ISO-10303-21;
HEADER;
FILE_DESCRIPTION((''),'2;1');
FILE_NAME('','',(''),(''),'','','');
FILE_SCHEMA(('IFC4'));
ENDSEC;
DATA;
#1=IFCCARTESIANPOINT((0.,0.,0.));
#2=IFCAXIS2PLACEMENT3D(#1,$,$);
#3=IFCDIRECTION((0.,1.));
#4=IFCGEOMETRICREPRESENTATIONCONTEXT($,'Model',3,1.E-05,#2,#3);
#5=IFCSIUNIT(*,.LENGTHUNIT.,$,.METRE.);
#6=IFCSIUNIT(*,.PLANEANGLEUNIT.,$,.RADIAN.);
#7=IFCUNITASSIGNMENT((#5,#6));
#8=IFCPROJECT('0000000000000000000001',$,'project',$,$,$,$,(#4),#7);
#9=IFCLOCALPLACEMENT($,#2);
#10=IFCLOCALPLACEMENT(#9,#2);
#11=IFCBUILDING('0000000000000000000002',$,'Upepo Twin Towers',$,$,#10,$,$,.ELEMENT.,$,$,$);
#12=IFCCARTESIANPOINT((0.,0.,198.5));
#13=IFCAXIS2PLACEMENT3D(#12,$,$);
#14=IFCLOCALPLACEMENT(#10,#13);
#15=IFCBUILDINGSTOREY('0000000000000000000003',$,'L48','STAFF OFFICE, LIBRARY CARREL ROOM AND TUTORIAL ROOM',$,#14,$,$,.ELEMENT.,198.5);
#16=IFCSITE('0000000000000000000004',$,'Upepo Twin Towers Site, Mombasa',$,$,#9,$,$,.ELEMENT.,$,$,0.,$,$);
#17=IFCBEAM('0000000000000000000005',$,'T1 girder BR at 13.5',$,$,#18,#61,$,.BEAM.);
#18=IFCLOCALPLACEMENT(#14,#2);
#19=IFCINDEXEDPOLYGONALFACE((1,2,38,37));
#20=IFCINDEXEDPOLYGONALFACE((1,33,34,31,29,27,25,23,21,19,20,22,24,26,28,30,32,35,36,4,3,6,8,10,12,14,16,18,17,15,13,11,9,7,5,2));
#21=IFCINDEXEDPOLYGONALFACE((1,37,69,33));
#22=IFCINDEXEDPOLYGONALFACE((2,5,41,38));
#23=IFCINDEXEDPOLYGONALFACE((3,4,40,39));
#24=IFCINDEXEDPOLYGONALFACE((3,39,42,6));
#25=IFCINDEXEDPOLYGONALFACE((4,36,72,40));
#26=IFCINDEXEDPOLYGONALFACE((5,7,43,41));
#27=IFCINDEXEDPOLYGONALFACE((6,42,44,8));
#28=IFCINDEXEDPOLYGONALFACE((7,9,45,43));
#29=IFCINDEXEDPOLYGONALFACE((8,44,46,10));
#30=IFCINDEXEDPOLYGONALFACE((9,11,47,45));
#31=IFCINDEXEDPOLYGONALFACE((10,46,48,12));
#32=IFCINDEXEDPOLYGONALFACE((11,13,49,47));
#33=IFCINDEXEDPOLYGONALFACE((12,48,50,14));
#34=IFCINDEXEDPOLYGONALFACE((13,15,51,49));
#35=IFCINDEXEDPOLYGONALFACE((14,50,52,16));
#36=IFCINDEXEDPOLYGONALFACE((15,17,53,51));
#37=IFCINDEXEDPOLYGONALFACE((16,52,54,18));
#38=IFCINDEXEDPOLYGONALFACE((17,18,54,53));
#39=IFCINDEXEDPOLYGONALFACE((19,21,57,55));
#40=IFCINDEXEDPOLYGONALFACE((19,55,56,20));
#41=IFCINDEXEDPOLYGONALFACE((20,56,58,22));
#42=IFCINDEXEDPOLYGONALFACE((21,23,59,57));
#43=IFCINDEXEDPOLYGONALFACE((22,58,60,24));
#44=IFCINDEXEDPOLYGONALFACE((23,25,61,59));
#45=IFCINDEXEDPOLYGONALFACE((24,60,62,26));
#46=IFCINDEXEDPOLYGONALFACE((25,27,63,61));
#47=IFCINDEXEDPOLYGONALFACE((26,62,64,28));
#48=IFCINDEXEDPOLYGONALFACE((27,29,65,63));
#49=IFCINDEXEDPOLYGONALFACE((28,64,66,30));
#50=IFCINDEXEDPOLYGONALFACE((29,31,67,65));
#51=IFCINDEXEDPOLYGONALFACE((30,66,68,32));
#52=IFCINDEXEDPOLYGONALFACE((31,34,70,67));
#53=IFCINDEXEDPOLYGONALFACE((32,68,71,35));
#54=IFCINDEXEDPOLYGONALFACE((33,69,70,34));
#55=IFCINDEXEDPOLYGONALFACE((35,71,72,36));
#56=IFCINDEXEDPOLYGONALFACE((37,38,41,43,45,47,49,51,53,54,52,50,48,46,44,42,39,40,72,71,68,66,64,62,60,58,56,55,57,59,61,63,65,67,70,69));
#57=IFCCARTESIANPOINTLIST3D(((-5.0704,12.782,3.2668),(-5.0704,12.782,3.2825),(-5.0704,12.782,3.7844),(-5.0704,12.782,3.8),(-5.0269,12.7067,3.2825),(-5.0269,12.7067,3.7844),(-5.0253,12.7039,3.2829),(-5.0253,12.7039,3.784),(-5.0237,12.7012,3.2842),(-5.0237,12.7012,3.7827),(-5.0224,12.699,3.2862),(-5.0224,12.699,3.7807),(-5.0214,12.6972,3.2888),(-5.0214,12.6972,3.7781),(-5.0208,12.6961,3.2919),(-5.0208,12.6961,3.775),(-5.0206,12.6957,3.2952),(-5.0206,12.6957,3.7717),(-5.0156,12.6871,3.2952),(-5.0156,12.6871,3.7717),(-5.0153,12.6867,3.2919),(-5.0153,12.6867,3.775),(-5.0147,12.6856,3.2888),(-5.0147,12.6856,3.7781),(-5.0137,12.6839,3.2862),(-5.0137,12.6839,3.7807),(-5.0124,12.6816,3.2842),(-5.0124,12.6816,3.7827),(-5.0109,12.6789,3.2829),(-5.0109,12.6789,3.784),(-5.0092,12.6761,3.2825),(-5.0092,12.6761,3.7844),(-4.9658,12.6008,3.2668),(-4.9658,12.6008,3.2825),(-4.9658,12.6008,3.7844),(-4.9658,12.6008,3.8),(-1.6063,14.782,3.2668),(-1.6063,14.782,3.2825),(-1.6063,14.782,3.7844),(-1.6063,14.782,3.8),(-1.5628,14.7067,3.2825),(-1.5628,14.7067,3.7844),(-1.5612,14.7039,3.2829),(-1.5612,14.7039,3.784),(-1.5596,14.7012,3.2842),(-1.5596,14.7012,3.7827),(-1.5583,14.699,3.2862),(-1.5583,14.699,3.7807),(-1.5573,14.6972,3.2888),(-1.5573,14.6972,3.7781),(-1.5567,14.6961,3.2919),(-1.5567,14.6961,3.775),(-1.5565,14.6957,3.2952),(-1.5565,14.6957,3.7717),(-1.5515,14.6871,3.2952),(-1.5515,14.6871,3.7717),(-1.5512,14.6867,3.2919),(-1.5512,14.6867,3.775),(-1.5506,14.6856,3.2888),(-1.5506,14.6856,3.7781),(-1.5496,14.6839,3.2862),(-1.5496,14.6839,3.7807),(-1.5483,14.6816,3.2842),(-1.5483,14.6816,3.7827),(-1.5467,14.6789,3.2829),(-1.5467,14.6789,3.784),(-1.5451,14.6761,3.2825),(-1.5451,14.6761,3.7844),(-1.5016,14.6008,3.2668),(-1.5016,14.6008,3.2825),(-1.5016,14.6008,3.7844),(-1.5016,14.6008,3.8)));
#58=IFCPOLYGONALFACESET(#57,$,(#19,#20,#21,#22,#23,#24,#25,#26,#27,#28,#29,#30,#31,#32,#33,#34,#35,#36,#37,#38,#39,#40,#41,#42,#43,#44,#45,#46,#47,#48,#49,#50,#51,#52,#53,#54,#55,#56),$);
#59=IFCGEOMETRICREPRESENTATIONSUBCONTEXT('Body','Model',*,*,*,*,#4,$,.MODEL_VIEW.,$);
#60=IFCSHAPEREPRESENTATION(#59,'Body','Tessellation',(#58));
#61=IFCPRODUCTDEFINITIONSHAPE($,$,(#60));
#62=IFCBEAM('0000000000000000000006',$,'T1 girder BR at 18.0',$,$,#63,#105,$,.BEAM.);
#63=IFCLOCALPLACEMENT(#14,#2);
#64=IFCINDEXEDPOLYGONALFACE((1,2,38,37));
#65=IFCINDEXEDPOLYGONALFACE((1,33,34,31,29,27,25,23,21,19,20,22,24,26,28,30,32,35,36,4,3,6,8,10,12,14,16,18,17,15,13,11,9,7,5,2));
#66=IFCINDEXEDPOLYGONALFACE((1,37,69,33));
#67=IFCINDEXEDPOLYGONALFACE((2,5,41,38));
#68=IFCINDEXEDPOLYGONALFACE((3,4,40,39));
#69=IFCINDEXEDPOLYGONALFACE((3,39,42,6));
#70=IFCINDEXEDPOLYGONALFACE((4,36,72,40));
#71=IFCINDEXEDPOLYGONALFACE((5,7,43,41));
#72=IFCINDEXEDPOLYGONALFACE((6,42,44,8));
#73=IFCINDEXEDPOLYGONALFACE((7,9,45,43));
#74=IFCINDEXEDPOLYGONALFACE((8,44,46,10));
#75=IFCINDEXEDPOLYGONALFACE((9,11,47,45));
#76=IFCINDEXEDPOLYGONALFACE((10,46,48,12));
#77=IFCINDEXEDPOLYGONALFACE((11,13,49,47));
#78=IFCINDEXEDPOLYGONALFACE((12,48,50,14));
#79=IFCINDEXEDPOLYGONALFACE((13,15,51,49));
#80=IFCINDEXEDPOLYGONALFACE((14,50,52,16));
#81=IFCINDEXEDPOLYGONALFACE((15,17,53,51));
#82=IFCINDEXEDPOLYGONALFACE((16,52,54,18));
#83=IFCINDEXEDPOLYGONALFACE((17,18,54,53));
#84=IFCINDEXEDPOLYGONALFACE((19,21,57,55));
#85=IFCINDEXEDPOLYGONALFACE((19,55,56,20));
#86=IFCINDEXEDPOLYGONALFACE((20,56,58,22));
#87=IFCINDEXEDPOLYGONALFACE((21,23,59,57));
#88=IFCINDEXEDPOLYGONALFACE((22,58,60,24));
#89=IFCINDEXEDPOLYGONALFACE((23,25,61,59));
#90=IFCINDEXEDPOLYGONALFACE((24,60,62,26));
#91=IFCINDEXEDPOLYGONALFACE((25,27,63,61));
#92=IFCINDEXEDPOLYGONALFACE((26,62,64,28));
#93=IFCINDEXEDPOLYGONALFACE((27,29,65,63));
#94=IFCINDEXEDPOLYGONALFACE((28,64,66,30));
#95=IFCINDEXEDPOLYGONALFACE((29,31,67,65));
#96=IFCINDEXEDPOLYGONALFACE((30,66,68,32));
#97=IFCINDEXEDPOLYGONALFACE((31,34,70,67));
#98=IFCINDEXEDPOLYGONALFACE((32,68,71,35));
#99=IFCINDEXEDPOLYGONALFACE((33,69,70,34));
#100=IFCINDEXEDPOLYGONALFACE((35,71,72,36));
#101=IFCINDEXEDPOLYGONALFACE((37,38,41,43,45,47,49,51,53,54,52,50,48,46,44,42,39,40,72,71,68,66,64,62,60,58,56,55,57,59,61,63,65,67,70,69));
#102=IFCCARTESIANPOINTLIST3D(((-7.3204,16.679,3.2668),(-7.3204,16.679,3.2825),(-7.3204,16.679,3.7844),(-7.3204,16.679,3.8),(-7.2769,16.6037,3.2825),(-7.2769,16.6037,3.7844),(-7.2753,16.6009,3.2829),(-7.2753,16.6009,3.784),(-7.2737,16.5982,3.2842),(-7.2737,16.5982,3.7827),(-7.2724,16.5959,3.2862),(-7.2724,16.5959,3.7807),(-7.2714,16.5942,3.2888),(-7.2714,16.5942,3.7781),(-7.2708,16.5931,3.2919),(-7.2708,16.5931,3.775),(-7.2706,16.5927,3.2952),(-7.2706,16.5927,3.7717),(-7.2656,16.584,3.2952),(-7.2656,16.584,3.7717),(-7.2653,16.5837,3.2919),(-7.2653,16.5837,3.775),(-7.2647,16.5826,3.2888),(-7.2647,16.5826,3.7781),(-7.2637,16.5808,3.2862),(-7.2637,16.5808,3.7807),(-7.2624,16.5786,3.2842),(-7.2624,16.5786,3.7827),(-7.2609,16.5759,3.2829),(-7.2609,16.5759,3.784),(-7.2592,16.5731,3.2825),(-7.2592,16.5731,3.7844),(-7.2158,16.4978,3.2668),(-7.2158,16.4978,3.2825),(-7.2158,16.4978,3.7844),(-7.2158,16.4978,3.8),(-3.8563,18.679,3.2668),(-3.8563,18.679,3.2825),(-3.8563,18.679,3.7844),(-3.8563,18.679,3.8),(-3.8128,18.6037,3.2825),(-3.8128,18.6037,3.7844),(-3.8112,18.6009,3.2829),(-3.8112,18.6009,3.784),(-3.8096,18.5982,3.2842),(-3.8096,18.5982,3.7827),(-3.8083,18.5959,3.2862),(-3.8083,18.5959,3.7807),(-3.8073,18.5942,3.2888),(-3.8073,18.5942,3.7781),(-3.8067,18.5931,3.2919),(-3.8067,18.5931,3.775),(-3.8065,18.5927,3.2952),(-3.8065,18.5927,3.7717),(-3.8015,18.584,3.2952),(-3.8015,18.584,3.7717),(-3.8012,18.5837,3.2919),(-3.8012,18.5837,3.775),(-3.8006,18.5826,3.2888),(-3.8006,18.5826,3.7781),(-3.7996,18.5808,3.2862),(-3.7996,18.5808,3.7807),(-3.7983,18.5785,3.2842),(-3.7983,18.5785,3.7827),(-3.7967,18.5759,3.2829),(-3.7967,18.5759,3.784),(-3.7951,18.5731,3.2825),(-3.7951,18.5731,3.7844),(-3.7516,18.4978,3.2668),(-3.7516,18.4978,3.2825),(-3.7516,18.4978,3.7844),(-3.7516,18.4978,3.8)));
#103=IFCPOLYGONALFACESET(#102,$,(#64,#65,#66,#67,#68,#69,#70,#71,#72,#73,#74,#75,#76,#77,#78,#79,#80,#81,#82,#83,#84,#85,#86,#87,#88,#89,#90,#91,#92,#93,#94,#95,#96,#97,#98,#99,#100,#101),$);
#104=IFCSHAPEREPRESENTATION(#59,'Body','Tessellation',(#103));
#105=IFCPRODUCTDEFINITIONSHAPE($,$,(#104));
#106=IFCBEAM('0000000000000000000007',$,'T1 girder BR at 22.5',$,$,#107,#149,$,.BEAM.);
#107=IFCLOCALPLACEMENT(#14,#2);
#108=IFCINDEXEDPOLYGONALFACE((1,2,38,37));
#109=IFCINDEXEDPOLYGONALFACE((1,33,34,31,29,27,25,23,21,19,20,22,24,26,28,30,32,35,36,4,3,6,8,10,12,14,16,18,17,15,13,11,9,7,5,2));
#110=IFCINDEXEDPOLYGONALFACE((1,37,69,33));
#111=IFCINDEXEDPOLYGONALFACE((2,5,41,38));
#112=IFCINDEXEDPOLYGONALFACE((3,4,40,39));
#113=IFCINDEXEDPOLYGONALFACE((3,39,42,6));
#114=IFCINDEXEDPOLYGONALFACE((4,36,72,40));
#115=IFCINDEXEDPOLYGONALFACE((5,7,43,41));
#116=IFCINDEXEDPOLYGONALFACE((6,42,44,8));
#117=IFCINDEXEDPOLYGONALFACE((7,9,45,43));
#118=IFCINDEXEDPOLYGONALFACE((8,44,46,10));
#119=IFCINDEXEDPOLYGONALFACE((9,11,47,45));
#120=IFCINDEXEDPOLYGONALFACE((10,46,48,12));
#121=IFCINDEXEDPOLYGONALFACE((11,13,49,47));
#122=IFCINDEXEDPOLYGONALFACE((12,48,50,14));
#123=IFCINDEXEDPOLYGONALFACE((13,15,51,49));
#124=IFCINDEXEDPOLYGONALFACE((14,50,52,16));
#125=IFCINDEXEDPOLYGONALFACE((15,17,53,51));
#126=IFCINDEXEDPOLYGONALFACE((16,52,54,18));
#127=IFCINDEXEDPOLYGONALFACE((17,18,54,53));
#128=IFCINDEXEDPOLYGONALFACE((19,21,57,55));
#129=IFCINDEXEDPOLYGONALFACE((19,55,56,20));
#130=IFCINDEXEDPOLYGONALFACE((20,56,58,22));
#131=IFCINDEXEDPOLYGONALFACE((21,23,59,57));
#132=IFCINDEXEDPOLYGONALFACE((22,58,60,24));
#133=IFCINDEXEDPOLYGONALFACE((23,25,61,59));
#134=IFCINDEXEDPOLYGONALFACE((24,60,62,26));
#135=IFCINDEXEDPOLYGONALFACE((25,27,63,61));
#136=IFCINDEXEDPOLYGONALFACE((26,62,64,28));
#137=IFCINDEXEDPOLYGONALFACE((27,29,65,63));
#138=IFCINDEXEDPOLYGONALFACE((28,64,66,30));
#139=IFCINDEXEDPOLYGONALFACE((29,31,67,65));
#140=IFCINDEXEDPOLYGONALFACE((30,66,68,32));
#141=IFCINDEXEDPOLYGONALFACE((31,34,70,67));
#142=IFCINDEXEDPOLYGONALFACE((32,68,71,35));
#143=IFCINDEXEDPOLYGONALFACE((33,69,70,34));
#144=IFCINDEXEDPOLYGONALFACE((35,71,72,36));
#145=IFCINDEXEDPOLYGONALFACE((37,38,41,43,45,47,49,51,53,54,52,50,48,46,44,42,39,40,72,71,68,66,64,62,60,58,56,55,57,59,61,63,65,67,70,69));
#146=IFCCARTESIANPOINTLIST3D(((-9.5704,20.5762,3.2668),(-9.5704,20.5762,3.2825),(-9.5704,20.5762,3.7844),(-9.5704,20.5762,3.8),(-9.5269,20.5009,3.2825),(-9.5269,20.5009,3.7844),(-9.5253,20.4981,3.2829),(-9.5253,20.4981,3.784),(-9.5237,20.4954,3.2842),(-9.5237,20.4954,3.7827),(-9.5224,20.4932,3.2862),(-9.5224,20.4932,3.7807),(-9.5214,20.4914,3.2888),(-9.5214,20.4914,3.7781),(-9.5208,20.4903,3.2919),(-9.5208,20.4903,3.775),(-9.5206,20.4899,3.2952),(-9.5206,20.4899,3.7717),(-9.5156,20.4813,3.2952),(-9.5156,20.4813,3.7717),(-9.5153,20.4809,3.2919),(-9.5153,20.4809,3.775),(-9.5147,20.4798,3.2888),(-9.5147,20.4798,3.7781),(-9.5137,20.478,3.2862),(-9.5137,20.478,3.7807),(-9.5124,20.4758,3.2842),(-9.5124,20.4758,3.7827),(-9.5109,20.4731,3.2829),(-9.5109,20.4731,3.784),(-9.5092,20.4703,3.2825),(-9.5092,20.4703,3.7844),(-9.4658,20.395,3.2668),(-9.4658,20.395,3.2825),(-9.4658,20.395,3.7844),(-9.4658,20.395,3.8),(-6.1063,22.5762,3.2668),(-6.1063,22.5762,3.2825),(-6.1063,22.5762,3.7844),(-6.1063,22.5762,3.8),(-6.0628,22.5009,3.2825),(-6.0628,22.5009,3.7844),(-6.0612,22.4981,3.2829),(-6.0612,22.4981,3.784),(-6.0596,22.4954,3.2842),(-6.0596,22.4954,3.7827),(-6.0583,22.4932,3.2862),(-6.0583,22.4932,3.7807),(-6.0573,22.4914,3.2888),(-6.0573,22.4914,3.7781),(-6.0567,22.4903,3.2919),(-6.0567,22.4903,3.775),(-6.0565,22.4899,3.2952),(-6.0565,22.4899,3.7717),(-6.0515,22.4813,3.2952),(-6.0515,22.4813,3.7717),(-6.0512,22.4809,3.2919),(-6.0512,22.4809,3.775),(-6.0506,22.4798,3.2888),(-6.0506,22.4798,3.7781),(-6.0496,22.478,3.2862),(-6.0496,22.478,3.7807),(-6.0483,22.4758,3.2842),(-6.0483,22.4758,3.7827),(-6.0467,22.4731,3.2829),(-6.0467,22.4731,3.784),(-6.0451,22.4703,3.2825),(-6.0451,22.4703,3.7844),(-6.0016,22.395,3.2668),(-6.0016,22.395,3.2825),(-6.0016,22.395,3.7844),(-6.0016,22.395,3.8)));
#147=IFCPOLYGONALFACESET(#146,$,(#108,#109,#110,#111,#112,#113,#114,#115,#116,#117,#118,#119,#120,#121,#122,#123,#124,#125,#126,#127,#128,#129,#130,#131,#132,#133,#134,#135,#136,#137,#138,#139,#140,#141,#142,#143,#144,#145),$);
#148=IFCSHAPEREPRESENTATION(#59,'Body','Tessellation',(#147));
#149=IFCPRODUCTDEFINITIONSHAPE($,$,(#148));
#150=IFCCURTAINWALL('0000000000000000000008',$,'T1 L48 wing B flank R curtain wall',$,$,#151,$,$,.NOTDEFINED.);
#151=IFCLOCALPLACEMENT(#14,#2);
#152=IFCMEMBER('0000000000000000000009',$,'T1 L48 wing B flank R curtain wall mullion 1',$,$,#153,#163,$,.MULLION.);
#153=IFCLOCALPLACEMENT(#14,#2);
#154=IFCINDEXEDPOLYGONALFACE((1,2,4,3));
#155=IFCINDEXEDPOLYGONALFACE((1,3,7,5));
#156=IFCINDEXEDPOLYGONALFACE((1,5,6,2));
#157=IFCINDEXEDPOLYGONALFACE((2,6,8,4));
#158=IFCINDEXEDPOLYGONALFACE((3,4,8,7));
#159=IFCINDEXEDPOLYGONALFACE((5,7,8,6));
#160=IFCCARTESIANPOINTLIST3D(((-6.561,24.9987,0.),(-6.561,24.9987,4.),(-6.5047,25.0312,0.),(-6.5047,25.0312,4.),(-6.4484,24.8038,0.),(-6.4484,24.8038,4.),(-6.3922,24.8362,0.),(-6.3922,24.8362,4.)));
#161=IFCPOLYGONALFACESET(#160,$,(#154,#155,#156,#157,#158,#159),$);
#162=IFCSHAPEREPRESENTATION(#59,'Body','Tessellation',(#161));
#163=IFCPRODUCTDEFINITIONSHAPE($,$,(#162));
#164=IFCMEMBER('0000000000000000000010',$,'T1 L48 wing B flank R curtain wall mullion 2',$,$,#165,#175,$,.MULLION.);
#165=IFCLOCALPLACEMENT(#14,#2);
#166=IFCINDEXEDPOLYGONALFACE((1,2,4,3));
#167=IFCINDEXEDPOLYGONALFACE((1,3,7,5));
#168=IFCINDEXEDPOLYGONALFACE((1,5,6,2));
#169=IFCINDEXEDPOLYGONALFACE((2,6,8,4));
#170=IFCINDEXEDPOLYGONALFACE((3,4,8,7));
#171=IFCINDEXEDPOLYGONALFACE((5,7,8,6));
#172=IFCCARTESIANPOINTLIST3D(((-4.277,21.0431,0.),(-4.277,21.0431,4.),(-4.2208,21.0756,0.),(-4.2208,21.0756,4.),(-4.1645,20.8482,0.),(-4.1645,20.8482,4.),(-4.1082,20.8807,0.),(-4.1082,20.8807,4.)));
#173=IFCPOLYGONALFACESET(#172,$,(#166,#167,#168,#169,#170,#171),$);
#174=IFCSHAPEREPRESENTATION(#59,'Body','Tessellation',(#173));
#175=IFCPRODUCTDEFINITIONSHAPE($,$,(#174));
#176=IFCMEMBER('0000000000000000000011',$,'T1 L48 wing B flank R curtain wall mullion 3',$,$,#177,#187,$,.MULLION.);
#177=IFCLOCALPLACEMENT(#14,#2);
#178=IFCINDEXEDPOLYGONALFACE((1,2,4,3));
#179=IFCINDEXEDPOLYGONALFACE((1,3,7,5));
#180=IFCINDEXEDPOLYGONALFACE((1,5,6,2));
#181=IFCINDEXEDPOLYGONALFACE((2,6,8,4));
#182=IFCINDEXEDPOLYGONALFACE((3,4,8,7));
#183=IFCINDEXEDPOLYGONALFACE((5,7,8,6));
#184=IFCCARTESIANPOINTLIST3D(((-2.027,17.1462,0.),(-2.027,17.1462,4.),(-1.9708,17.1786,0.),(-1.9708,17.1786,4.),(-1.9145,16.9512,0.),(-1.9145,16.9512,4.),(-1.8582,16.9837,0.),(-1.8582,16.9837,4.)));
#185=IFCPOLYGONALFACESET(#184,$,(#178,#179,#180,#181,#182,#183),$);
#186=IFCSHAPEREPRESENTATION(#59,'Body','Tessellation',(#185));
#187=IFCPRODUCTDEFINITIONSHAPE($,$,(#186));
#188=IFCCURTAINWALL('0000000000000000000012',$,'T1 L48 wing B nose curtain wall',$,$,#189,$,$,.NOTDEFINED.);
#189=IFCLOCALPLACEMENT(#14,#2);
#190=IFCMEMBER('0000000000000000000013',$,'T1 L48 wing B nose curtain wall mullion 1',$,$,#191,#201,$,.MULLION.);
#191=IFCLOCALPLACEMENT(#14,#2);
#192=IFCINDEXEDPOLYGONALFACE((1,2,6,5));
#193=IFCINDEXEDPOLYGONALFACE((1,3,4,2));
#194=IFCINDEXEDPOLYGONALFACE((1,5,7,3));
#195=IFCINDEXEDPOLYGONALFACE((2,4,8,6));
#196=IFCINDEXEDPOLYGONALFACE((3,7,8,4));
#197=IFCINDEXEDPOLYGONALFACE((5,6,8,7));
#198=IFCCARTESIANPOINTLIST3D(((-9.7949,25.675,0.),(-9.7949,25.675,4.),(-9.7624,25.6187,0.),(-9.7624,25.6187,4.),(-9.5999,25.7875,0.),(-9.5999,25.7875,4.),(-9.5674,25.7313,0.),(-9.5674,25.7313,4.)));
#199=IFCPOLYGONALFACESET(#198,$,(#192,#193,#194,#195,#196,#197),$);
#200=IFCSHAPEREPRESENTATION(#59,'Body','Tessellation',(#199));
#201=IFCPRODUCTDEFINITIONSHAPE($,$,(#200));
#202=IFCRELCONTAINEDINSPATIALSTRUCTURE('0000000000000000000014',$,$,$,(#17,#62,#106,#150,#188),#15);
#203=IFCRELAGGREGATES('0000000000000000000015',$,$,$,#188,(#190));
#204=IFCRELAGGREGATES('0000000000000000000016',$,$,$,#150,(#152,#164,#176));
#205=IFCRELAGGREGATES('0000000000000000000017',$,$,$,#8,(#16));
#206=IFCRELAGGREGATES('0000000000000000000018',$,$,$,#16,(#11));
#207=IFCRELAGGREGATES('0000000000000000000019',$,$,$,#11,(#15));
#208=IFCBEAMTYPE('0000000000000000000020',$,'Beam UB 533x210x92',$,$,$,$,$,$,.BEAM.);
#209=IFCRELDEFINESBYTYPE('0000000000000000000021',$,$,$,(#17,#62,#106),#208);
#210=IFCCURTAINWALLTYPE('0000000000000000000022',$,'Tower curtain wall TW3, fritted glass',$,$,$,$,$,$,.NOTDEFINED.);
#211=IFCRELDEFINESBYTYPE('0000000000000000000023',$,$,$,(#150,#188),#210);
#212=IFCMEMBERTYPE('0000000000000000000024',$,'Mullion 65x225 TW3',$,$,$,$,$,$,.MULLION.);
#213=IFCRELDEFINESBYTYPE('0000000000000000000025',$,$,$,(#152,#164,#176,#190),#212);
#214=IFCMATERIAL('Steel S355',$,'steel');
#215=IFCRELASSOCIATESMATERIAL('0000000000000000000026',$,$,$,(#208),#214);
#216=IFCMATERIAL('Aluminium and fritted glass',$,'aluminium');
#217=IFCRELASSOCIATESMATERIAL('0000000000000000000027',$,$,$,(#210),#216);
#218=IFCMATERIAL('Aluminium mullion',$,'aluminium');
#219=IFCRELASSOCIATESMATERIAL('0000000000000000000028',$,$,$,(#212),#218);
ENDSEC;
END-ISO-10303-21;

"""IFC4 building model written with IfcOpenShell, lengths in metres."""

from ifc_helpers import new_model, si_unit, direction, frame, origin, origin_2d, place, context, subcontext, project, spatial, rectangle, i_section, extrude, material, material_profile, profile_set, type_object, element, aggregate, save


model = new_model("IFC4")

# Units and contexts
model_context = context("Model", 3, precision=1e-05, world=origin(), true_north=direction((0.0, 1.0)))
body_context = subcontext(model_context, "Body", "Model", "MODEL_VIEW")
ifc_project = project(units=[si_unit("LENGTHUNIT", "METRE"), si_unit("PLANEANGLEUNIT", "RADIAN")], contexts=[model_context])

# Site, building, storey
site_placement = place(None, origin())
site = spatial("IfcSite", under=ifc_project, at=site_placement, Name="Upepo Twin Towers Site, Mombasa", CompositionType="ELEMENT", RefElevation=0.0)
building_placement = place(site_placement, origin())
building = spatial("IfcBuilding", under=site, at=building_placement, Name="Upepo Twin Towers", CompositionType="ELEMENT")
storey_placement = place(building_placement, frame((0.0, 0.0, 198.5)))
storey = spatial("IfcBuildingStorey", under=building, at=storey_placement, Name="L48", Description="STAFF OFFICE, LIBRARY CARREL ROOM AND TUTORIAL ROOM", CompositionType="ELEMENT", Elevation=198.5)

# Beams
ifc_material_1 = material(Name="Steel S355", Category="steel")
ifc_material_profile_1 = material_profile(ifc_material_1, i_section(OverallWidth=0.2092, OverallDepth=0.5332, WebThickness=0.01, FlangeThickness=0.0156, FilletRadius=0.0127, at=origin_2d()), Name="UB 533x210x92")
ifc_profile_set_1 = profile_set([ifc_material_profile_1], Name="Steel S355")
beam_type_1 = type_object("IfcBeamType", Name="Beam UB 533x210x92", PredefinedType="BEAM", material=ifc_profile_set_1)
for number, where, z_axis, x_axis, name in (
    (1, (-1.554, 14.6914, 3.5334), (-0.866026, -0.499999, 0.0), (0.499999, -0.866026, 0.0), "T1 girder BR at 13.5"),
    (2, (-3.804, 18.5884, 3.5334), (-0.866026, -0.499999, 0.0), (0.499999, -0.866026, 0.0), "T1 girder BR at 18.0"),
    (3, (-6.054, 22.4856, 3.5334), (-0.866026, -0.499999, 0.0), (0.499999, -0.866026, 0.0), "T1 girder BR at 22.5"),
):
    element("IfcBeam", number, at=place(storey_placement, frame(where, z_axis=z_axis, x_axis=x_axis)), inside=storey, type_object=beam_type_1, Name=name, PredefinedType="BEAM", context=body_context, shape_type="SweptSolid", body=[
        extrude(i_section(OverallWidth=0.2092, OverallDepth=0.5332, WebThickness=0.01, FlangeThickness=0.0156, FilletRadius=0.0127, at=origin_2d()), origin(), (0.0, 0.0, 1.0), 4.0),
    ])

# Curtain wall, members
ifc_material_2 = material(Name="Aluminium and fritted glass", Category="aluminium")
curtain_wall_type = type_object("IfcCurtainWallType", Name="Tower curtain wall TW3, fritted glass", PredefinedType="NOTDEFINED", material=ifc_material_2)
curtain_wall_1_placement = place(storey_placement, origin())
curtain_wall_1 = element("IfcCurtainWall", 4, at=curtain_wall_1_placement, inside=storey, type_object=curtain_wall_type, Name="T1 L48 wing B flank R curtain wall", PredefinedType="NOTDEFINED")
ifc_material_3 = material(Name="Aluminium mullion", Category="aluminium")
ifc_material_profile_2 = material_profile(ifc_material_3, rectangle(XDim=0.0649, YDim=0.2251, at=origin_2d()), Name="MULLION 65x225")
ifc_profile_set_2 = profile_set([ifc_material_profile_2], Name="Aluminium mullion")
member_type_1 = type_object("IfcMemberType", Name="Mullion 65x225 TW3", PredefinedType="MULLION", material=ifc_profile_set_2)
member_1_placement = place(storey_placement, frame((-6.4766, 24.9175, 0.0), z_axis=(0.0, 0.0, 1.0), x_axis=(0.866025, 0.5, 0.0)))
member_1 = element("IfcMember", 5, at=member_1_placement, type_object=member_type_1, Name="T1 L48 wing B flank R curtain wall mullion 1", PredefinedType="MULLION", context=body_context, shape_type="SweptSolid", body=[
    extrude(rectangle(XDim=0.0649, YDim=0.2251, at=origin_2d()), origin(), (0.0, 0.0, 1.0), 4.0),
])
member_2_placement = place(storey_placement, frame((-4.1926, 20.9619, 0.0), z_axis=(0.0, 0.0, 1.0), x_axis=(0.866025, 0.5, 0.0)))
member_2 = element("IfcMember", 6, at=member_2_placement, type_object=member_type_1, Name="T1 L48 wing B flank R curtain wall mullion 2", PredefinedType="MULLION", context=body_context, shape_type="SweptSolid", body=[
    extrude(rectangle(XDim=0.0649, YDim=0.2251, at=origin_2d()), origin(), (0.0, 0.0, 1.0), 4.0),
])
member_3_placement = place(storey_placement, frame((-1.9426, 17.0649, 0.0), z_axis=(0.0, 0.0, 1.0), x_axis=(0.866025, 0.5, 0.0)))
member_3 = element("IfcMember", 7, at=member_3_placement, type_object=member_type_1, Name="T1 L48 wing B flank R curtain wall mullion 3", PredefinedType="MULLION", context=body_context, shape_type="SweptSolid", body=[
    extrude(rectangle(XDim=0.0649, YDim=0.2251, at=origin_2d()), origin(), (0.0, 0.0, 1.0), 4.0),
])

# Curtain wall, member
curtain_wall_2_placement = place(storey_placement, origin())
curtain_wall_2 = element("IfcCurtainWall", 8, at=curtain_wall_2_placement, inside=storey, type_object=curtain_wall_type, Name="T1 L48 wing B nose curtain wall", PredefinedType="NOTDEFINED")
member_4_placement = place(storey_placement, frame((-9.6812, 25.7031, 0.0), z_axis=(0.0, 0.0, 1.0), x_axis=(0.5, -0.866025, 0.0)))
member_4 = element("IfcMember", 9, at=member_4_placement, type_object=member_type_1, Name="T1 L48 wing B nose curtain wall mullion 1", PredefinedType="MULLION", context=body_context, shape_type="SweptSolid", body=[
    extrude(rectangle(XDim=0.0649, YDim=0.2251, at=origin_2d()), origin(), (0.0, 0.0, 1.0), 4.0),
])
aggregate(curtain_wall_2, [member_4])

aggregate(curtain_wall_1, [member_1, member_2, member_3])

save(model, "model.ifc")
